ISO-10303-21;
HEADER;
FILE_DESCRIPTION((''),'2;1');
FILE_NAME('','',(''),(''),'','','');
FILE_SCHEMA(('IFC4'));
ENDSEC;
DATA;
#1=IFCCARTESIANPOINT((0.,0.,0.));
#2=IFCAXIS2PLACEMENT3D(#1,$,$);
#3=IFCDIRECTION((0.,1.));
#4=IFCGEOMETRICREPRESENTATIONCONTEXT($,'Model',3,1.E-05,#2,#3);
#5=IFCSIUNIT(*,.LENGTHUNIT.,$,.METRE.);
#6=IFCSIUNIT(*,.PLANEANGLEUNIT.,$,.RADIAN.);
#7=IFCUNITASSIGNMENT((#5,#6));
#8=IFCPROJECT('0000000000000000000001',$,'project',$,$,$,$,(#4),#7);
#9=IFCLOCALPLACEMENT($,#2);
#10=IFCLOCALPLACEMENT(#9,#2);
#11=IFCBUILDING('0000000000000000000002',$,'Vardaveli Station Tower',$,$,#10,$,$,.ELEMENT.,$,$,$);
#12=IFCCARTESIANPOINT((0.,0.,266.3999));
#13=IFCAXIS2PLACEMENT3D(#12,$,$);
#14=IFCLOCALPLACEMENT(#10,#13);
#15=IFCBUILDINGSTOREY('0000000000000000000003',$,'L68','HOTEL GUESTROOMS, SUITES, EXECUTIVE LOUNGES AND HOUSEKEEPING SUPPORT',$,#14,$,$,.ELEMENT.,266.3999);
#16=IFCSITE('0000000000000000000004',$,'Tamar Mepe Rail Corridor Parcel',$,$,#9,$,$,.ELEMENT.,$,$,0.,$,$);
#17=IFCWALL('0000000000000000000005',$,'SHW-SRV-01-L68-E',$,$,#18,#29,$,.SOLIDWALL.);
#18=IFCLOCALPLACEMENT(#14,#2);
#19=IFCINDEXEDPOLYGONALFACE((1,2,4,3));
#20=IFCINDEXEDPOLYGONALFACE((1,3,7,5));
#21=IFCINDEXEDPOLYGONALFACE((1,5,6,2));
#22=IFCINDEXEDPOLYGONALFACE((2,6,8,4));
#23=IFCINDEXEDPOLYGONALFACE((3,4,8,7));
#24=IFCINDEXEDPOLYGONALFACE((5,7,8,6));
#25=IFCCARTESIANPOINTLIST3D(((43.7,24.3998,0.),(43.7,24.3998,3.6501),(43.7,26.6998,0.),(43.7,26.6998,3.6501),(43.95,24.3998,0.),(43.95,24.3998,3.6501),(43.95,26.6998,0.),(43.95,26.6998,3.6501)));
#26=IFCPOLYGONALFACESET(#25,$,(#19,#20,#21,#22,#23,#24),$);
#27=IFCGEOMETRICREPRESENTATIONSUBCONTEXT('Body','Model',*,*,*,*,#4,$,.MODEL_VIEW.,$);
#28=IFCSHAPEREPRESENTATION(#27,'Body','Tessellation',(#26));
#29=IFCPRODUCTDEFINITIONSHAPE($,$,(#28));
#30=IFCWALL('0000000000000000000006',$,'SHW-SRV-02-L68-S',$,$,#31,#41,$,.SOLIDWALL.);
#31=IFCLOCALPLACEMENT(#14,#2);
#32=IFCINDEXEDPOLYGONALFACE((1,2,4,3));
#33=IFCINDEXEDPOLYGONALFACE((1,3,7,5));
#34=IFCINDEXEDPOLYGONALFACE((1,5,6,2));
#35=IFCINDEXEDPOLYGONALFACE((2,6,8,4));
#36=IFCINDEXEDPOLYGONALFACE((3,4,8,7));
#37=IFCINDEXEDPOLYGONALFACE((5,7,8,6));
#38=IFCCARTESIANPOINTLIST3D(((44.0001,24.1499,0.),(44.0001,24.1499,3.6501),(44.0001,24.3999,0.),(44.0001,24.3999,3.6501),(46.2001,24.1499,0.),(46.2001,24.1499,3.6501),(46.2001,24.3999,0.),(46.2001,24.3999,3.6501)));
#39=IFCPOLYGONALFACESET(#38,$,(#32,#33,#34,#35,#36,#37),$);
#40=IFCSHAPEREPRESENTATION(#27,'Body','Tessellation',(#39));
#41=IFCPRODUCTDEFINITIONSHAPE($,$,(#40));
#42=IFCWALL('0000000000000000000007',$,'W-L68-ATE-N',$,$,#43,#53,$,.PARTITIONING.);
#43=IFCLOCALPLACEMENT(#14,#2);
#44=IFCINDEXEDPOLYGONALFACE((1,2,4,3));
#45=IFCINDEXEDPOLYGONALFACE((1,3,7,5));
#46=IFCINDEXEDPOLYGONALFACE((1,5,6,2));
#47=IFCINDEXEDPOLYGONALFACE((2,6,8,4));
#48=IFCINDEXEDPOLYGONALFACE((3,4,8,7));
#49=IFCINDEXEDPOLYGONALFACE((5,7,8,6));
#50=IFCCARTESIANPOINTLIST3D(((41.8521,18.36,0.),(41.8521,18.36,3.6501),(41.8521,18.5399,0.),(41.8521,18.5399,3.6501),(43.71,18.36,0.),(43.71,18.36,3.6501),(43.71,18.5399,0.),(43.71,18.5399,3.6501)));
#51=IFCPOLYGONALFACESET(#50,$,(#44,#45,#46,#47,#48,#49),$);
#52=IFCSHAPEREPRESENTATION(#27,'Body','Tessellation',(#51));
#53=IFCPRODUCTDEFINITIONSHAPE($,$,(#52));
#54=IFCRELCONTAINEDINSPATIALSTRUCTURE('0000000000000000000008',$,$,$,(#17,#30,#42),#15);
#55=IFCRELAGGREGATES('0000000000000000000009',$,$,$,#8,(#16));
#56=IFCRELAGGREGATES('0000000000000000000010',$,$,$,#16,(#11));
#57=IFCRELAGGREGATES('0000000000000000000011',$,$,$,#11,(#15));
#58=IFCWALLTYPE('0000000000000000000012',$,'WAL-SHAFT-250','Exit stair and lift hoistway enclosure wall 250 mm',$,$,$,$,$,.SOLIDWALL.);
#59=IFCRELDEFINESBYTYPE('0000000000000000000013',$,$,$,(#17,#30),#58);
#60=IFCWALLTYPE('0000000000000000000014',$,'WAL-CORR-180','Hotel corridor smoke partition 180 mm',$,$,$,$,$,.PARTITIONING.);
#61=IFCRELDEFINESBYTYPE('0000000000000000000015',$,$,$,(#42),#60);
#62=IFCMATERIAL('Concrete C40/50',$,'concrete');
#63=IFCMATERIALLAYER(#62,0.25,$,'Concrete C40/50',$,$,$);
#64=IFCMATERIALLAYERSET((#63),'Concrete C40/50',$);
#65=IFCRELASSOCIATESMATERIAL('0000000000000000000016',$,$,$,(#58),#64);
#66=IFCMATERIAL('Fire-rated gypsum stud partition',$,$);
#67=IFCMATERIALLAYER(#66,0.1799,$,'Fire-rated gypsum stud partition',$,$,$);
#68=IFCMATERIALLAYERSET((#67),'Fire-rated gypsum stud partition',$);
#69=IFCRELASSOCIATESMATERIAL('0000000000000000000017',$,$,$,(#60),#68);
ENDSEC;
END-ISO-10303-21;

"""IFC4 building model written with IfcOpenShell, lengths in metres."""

from ifc_helpers import new_model, si_unit, direction, frame, frame_2d, origin, place, context, subcontext, project, spatial, rectangle, extrude, source, transform, mapped, material, layer, layer_set, type_object, element, save


model = new_model("IFC4")

# Units and contexts
model_context = context("Model", 3, precision=1e-05, world=origin(), true_north=direction((0.0, 1.0)))
body_context = subcontext(model_context, "Body", "Model", "MODEL_VIEW")
ifc_project = project(units=[si_unit("LENGTHUNIT", "METRE"), si_unit("PLANEANGLEUNIT", "RADIAN")], contexts=[model_context])

# Site, building, storey
site_placement = place(None, origin())
site = spatial("IfcSite", under=ifc_project, at=site_placement, Name="Tamar Mepe Rail Corridor Parcel", CompositionType="ELEMENT", RefElevation=0.0)
building_placement = place(site_placement, origin())
building = spatial("IfcBuilding", under=site, at=building_placement, Name="Vardaveli Station Tower", CompositionType="ELEMENT")
storey_placement = place(building_placement, frame((0.0, 0.0, 266.3999)))
storey = spatial("IfcBuildingStorey", under=building, at=storey_placement, Name="L68", Description="HOTEL GUESTROOMS, SUITES, EXECUTIVE LOUNGES AND HOUSEKEEPING SUPPORT", CompositionType="ELEMENT", Elevation=266.3999)

# Shared definitions
ifc_material_1 = material(Name="Concrete C40/50", Category="concrete")

# Walls
ifc_layer_1 = layer(ifc_material_1, 0.25, Name="Concrete C40/50")
ifc_layer_set_1 = layer_set([ifc_layer_1], Name="Concrete C40/50")
wall_type_1 = type_object("IfcWallType", Name="WAL-SHAFT-250", Description="Exit stair and lift hoistway enclosure wall 250 mm", PredefinedType="SOLIDWALL", material=ifc_layer_set_1)
shared_shape_1 = source(origin(), body_context, "Body", "SweptSolid", [
    extrude(rectangle(XDim=2.3, YDim=0.25, at=frame_2d((1.1499, 0.0))), origin(), (0.0, 0.0, 1.0), 3.6501),
])
for number, where, z_axis, x_axis, name in (
    (1, (43.825, 24.3999, 0.0), (0.0, 0.0, 1.0), (0.0, 1.0, 0.0), "SHW-SRV-01-L68-E"),
):
    element("IfcWall", number, at=place(storey_placement, frame(where, z_axis=z_axis, x_axis=x_axis)), inside=storey, type_object=wall_type_1, Name=name, PredefinedType="SOLIDWALL", context=body_context, shape_type="MappedRepresentation", body=[
        mapped(shared_shape_1, transform((0.0, 0.0, 0.0), scale=1.0)),
    ])
shared_shape_2 = source(origin(), body_context, "Body", "SweptSolid", [
    extrude(rectangle(XDim=2.2, YDim=0.25, at=frame_2d((1.1001, 0.0))), origin(), (0.0, 0.0, 1.0), 3.6501),
])
wall_1_placement = place(storey_placement, frame((44.0, 24.2749, 0.0), z_axis=(0.0, 0.0, 1.0), x_axis=(1.0, 0.0, 0.0)))
element("IfcWall", 2, at=wall_1_placement, inside=storey, type_object=wall_type_1, Name="SHW-SRV-02-L68-S", PredefinedType="SOLIDWALL", context=body_context, shape_type="MappedRepresentation", body=[
    mapped(shared_shape_2, transform((0.0, 0.0, 0.0), scale=1.0)),
])
ifc_material_2 = material(Name="Fire-rated gypsum stud partition")
ifc_layer_2 = layer(ifc_material_2, 0.1799, Name="Fire-rated gypsum stud partition")
ifc_layer_set_2 = layer_set([ifc_layer_2], Name="Fire-rated gypsum stud partition")
wall_type_2 = type_object("IfcWallType", Name="WAL-CORR-180", Description="Hotel corridor smoke partition 180 mm", PredefinedType="PARTITIONING", material=ifc_layer_set_2)
shared_shape_3 = source(origin(), body_context, "Body", "SweptSolid", [
    extrude(rectangle(XDim=1.8579, YDim=0.1799, at=frame_2d((0.929, 0.0))), origin(), (0.0, 0.0, 1.0), 3.6501),
])
wall_2_placement = place(storey_placement, frame((41.8521, 18.45, 0.0), z_axis=(0.0, 0.0, 1.0), x_axis=(1.0, 0.0, 0.0)))
element("IfcWall", 3, at=wall_2_placement, inside=storey, type_object=wall_type_2, Name="W-L68-ATE-N", PredefinedType="PARTITIONING", context=body_context, shape_type="MappedRepresentation", body=[
    mapped(shared_shape_3, transform((0.0, 0.0, 0.0), scale=1.0)),
])

save(model, "model.ifc")
